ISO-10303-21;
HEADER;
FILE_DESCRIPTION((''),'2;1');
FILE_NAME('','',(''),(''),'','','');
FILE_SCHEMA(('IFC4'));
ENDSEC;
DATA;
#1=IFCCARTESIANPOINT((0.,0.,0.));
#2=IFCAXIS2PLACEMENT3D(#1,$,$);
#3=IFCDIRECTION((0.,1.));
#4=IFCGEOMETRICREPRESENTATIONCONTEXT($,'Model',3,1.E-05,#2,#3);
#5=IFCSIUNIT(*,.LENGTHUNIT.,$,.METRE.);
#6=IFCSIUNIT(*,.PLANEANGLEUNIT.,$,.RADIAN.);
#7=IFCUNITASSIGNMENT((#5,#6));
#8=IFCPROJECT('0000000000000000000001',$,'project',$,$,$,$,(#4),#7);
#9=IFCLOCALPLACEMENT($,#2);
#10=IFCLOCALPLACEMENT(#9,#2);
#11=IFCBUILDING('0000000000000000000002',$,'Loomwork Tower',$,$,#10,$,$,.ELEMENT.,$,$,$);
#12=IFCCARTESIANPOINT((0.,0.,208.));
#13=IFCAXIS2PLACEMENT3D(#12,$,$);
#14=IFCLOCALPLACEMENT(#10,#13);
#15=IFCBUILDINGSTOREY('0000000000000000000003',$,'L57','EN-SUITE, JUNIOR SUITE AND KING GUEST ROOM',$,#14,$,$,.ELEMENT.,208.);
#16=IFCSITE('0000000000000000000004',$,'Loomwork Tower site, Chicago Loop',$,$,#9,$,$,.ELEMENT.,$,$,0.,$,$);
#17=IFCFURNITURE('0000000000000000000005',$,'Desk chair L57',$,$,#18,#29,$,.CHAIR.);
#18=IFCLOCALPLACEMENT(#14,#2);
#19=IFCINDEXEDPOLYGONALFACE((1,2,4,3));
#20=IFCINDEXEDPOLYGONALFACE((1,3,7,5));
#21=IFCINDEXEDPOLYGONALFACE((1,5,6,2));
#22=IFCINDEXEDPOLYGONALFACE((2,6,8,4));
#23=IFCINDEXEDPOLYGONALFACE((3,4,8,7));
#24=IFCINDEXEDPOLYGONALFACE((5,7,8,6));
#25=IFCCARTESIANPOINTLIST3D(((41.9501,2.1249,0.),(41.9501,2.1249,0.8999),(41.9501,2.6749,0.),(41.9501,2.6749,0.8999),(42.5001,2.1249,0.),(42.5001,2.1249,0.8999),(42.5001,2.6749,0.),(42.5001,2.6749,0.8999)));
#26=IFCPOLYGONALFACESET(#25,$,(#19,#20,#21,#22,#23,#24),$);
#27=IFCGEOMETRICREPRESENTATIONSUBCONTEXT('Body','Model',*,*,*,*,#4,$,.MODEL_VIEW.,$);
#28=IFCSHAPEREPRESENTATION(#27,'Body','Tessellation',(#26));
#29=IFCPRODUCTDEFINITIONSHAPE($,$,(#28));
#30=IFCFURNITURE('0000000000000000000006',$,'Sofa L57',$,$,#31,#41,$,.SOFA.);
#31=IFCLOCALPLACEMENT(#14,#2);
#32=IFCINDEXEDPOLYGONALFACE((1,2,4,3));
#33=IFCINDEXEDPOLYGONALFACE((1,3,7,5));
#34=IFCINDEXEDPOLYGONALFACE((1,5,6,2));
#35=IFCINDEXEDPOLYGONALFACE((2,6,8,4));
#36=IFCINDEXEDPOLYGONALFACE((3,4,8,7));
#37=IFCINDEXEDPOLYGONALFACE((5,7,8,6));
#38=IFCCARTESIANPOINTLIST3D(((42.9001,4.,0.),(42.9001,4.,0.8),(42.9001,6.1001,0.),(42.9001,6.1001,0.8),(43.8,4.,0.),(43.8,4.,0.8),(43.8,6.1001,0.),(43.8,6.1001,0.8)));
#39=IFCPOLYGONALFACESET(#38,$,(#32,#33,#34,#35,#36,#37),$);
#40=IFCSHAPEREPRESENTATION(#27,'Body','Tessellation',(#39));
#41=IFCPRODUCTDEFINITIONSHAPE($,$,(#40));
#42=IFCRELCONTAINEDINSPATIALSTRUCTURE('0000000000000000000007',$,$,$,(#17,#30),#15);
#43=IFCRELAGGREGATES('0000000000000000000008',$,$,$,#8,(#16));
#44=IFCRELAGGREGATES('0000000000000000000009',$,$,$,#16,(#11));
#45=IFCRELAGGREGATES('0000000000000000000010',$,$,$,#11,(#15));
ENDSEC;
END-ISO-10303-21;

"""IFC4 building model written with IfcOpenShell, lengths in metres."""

from ifc_helpers import new_model, si_unit, direction, frame, origin, origin_2d, place, context, subcontext, project, spatial, rectangle, extrude, element, save


model = new_model("IFC4")

# Units and contexts
model_context = context("Model", 3, precision=1e-05, world=origin(), true_north=direction((0.0, 1.0)))
body_context = subcontext(model_context, "Body", "Model", "MODEL_VIEW")
ifc_project = project(units=[si_unit("LENGTHUNIT", "METRE"), si_unit("PLANEANGLEUNIT", "RADIAN")], contexts=[model_context])

# Site, building, storey
site_placement = place(None, origin())
site = spatial("IfcSite", under=ifc_project, at=site_placement, Name="Loomwork Tower site, Chicago Loop", CompositionType="ELEMENT", RefElevation=0.0)
building_placement = place(site_placement, origin())
building = spatial("IfcBuilding", under=site, at=building_placement, Name="Loomwork Tower", CompositionType="ELEMENT")
storey_placement = place(building_placement, frame((0.0, 0.0, 208.0)))
storey = spatial("IfcBuildingStorey", under=building, at=storey_placement, Name="L57", Description="EN-SUITE, JUNIOR SUITE AND KING GUEST ROOM", CompositionType="ELEMENT", Elevation=208.0)

# Furniture
furniture_1_placement = place(storey_placement, frame((42.2251, 2.3999, 0.0), z_axis=(0.0, 0.0, 1.0), x_axis=(1.0, 0.0, 0.0)))
element("IfcFurniture", 1, at=furniture_1_placement, inside=storey, Name="Desk chair L57", PredefinedType="CHAIR", context=body_context, shape_type="SweptSolid", body=[
    extrude(rectangle(XDim=0.55, YDim=0.55, at=origin_2d()), origin(), (0.0, 0.0, 1.0), 0.8999),
])
furniture_2_placement = place(storey_placement, frame((43.3501, 5.05, 0.0), z_axis=(0.0, 0.0, 1.0), x_axis=(1.0, 0.0, 0.0)))
element("IfcFurniture", 2, at=furniture_2_placement, inside=storey, Name="Sofa L57", PredefinedType="SOFA", context=body_context, shape_type="SweptSolid", body=[
    extrude(rectangle(XDim=0.8999, YDim=2.1001, at=origin_2d()), origin(), (0.0, 0.0, 1.0), 0.8),
])

save(model, "model.ifc")
